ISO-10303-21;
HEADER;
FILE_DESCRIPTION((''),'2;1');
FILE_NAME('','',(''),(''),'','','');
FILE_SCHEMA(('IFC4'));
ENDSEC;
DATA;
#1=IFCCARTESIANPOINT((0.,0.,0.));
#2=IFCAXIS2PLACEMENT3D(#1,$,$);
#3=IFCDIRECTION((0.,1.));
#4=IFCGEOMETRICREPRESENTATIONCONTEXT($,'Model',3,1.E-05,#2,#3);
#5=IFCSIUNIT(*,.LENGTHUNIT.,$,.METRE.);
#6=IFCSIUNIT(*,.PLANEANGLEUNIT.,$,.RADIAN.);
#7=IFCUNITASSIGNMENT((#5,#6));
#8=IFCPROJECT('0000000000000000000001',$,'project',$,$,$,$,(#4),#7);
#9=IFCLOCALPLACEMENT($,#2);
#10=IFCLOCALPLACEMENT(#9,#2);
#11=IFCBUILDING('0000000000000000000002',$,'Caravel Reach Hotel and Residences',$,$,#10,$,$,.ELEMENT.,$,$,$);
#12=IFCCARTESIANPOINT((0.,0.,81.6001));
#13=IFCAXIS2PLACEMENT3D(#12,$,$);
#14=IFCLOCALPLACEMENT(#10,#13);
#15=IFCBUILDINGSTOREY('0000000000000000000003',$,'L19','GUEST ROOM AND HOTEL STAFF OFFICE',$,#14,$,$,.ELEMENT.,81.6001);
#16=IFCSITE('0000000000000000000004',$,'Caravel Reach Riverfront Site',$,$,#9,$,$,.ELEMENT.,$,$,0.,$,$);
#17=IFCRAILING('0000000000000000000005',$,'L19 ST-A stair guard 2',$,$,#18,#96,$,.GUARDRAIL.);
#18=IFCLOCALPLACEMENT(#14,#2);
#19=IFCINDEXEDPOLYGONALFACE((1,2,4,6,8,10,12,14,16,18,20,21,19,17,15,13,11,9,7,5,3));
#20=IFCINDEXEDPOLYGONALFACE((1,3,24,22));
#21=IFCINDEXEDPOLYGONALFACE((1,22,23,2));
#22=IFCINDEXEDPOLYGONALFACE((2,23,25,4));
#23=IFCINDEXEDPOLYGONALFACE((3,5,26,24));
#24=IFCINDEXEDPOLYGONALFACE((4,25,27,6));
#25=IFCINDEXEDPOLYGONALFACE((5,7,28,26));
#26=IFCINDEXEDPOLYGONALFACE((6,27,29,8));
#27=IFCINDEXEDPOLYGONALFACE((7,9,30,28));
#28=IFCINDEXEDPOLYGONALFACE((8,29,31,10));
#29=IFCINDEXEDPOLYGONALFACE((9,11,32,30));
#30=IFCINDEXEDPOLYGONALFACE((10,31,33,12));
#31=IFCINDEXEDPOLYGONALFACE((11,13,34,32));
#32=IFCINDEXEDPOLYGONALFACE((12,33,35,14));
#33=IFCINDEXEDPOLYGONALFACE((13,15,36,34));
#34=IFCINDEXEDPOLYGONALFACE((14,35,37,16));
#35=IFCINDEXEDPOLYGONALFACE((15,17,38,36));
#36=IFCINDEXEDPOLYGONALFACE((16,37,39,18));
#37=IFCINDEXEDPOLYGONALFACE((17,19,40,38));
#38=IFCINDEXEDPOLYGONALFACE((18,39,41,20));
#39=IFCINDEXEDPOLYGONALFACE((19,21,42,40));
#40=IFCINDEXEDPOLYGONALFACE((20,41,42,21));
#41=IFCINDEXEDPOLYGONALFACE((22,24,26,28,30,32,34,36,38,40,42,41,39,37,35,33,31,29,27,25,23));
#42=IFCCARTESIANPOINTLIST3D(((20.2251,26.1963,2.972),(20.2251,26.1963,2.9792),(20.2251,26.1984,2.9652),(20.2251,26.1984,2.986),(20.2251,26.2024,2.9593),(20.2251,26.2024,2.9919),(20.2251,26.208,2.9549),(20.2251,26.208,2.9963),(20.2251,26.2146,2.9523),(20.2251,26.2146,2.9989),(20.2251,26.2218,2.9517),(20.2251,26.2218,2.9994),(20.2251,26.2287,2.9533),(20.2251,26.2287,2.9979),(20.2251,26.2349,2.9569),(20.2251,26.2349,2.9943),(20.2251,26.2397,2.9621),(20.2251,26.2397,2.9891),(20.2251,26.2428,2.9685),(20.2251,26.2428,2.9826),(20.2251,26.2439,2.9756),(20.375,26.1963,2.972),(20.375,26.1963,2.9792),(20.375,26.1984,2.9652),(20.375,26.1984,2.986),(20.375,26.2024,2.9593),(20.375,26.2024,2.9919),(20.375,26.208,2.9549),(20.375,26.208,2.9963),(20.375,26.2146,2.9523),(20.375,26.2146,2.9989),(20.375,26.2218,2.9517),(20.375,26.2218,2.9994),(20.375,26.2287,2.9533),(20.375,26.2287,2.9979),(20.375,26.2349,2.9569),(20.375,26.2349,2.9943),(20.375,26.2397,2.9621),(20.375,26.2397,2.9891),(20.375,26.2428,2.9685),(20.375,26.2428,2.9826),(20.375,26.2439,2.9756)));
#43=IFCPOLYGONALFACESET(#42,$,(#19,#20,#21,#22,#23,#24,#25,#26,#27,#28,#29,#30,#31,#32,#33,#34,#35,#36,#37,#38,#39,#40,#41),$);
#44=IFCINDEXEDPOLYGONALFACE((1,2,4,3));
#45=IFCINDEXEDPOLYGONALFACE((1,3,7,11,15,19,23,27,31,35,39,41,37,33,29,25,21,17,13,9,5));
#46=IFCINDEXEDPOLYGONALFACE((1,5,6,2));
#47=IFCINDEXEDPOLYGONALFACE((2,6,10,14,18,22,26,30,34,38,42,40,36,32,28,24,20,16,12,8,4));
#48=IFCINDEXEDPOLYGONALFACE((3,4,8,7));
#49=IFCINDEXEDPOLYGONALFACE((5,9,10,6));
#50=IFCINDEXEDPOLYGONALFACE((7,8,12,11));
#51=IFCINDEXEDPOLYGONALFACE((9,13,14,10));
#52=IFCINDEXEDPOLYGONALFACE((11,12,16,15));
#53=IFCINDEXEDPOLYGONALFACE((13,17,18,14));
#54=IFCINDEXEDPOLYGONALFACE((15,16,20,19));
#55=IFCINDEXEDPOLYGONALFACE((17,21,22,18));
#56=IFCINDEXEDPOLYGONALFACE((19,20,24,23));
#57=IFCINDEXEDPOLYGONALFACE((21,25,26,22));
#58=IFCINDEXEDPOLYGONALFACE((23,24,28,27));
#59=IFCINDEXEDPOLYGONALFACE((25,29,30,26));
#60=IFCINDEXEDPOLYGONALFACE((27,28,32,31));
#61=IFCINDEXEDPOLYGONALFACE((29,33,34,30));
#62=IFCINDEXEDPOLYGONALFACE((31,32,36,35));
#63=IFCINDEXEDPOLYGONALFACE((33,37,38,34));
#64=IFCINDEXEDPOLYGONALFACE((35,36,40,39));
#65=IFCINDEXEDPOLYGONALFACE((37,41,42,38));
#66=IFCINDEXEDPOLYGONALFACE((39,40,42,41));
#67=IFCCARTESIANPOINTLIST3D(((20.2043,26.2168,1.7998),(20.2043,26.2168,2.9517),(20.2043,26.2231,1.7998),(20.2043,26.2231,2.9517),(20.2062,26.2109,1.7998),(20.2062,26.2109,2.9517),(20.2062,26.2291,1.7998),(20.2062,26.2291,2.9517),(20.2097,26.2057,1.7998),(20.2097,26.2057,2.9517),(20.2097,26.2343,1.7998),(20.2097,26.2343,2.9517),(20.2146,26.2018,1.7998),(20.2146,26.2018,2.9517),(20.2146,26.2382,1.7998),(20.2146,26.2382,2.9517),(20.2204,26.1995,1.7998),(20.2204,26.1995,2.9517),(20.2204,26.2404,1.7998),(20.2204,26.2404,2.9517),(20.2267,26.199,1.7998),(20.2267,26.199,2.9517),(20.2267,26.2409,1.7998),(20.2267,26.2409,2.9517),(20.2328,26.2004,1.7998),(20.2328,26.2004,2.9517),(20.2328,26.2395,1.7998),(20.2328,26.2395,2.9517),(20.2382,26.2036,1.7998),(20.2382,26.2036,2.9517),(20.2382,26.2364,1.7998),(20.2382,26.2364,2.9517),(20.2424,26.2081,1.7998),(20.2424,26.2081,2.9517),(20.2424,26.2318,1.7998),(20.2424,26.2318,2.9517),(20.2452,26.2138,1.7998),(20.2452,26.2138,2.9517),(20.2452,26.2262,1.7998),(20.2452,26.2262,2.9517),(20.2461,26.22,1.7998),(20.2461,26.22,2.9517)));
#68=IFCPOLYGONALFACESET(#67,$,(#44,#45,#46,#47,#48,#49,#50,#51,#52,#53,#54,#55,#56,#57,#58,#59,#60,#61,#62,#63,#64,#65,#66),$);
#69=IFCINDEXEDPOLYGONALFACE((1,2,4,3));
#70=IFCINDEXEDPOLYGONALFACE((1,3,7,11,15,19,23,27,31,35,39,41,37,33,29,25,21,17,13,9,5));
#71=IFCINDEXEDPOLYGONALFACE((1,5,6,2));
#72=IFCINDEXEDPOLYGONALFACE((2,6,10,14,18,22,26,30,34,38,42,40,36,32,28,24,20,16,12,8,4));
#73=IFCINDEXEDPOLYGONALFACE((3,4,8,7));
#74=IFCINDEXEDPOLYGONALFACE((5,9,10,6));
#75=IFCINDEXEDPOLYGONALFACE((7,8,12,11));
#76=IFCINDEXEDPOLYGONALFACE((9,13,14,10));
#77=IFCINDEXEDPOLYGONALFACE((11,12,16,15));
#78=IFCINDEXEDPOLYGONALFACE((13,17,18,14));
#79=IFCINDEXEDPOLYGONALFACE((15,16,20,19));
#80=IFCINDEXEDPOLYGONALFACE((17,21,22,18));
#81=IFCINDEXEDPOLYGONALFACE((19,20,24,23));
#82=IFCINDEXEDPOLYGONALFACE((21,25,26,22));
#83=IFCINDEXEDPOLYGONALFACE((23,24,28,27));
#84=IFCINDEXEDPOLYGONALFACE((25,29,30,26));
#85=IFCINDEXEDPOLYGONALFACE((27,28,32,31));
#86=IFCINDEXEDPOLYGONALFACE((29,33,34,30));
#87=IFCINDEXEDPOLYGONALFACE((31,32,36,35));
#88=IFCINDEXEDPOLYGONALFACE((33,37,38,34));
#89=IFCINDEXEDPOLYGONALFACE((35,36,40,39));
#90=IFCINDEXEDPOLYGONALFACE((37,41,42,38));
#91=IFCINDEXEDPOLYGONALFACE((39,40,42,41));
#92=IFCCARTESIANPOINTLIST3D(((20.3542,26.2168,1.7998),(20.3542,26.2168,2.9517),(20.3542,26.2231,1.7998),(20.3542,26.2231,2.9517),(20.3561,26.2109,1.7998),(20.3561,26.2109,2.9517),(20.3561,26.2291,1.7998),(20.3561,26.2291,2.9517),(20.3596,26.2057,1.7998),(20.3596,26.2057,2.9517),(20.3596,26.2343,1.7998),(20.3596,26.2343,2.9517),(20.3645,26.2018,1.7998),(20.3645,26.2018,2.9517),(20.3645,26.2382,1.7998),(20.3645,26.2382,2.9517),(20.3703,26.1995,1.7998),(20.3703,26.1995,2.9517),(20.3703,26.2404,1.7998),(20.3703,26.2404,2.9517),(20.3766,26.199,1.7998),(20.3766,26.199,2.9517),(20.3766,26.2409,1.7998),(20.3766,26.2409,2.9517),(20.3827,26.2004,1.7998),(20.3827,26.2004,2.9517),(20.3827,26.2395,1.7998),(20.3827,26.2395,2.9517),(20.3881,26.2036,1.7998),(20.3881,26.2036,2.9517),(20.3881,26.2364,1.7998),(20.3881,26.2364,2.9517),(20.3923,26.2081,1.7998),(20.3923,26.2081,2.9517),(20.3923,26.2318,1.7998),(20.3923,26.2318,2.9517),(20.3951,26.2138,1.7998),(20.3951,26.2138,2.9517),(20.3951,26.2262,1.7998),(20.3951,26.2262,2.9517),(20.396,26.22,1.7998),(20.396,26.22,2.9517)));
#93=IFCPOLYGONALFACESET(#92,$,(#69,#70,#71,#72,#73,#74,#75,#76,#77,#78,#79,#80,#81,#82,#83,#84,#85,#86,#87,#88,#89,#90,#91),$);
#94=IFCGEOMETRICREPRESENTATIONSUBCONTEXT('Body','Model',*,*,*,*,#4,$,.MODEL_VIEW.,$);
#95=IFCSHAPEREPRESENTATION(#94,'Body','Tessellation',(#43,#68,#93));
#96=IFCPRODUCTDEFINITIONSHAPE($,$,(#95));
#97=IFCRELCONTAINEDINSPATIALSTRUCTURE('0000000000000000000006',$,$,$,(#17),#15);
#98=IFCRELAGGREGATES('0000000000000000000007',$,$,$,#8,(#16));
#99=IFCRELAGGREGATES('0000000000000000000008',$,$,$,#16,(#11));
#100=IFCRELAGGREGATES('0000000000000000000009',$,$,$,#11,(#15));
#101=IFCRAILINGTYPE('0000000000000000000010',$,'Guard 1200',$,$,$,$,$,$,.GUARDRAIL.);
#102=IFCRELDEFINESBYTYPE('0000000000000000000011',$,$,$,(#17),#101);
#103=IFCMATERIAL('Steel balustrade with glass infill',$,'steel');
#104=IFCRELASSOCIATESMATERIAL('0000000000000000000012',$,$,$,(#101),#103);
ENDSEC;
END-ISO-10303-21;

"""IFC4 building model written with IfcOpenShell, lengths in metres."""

from ifc_helpers import new_model, si_unit, direction, frame, origin, origin_2d, place, context, subcontext, project, spatial, circle, extrude, material, type_object, element, save


model = new_model("IFC4")

# Units and contexts
model_context = context("Model", 3, precision=1e-05, world=origin(), true_north=direction((0.0, 1.0)))
body_context = subcontext(model_context, "Body", "Model", "MODEL_VIEW")
ifc_project = project(units=[si_unit("LENGTHUNIT", "METRE"), si_unit("PLANEANGLEUNIT", "RADIAN")], contexts=[model_context])

# Site, building, storey
site_placement = place(None, origin())
site = spatial("IfcSite", under=ifc_project, at=site_placement, Name="Caravel Reach Riverfront Site", CompositionType="ELEMENT", RefElevation=0.0)
building_placement = place(site_placement, origin())
building = spatial("IfcBuilding", under=site, at=building_placement, Name="Caravel Reach Hotel and Residences", CompositionType="ELEMENT")
storey_placement = place(building_placement, frame((0.0, 0.0, 81.6001)))
storey = spatial("IfcBuildingStorey", under=building, at=storey_placement, Name="L19", Description="GUEST ROOM AND HOTEL STAFF OFFICE", CompositionType="ELEMENT", Elevation=81.6001)

# Railing
ifc_material_1 = material(Name="Steel balustrade with glass infill", Category="steel")
railing_type_1 = type_object("IfcRailingType", Name="Guard 1200", PredefinedType="GUARDRAIL", material=ifc_material_1)
railing_1_placement = place(storey_placement, frame((20.2251, 26.22, 1.7998)))
element("IfcRailing", 1, at=railing_1_placement, inside=storey, type_object=railing_type_1, Name="L19 ST-A stair guard 2", PredefinedType="GUARDRAIL", context=body_context, shape_type="SweptSolid", body=[
    extrude(circle(Radius=0.0239, at=origin_2d()), frame((0.0, 0.0, 1.1758), z_axis=(1.0, 0.0, 0.0), x_axis=(0.0, 1.0, 0.0)), (0.0, 0.0, 1.0), 0.1499),
    extrude(circle(Radius=0.021, at=origin_2d()), origin(), (0.0, 0.0, 1.0), 1.1519),
    extrude(circle(Radius=0.021, at=origin_2d()), frame((0.1499, 0.0, 0.0)), (0.0, 0.0, 1.0), 1.1519),
])

save(model, "model.ifc")
